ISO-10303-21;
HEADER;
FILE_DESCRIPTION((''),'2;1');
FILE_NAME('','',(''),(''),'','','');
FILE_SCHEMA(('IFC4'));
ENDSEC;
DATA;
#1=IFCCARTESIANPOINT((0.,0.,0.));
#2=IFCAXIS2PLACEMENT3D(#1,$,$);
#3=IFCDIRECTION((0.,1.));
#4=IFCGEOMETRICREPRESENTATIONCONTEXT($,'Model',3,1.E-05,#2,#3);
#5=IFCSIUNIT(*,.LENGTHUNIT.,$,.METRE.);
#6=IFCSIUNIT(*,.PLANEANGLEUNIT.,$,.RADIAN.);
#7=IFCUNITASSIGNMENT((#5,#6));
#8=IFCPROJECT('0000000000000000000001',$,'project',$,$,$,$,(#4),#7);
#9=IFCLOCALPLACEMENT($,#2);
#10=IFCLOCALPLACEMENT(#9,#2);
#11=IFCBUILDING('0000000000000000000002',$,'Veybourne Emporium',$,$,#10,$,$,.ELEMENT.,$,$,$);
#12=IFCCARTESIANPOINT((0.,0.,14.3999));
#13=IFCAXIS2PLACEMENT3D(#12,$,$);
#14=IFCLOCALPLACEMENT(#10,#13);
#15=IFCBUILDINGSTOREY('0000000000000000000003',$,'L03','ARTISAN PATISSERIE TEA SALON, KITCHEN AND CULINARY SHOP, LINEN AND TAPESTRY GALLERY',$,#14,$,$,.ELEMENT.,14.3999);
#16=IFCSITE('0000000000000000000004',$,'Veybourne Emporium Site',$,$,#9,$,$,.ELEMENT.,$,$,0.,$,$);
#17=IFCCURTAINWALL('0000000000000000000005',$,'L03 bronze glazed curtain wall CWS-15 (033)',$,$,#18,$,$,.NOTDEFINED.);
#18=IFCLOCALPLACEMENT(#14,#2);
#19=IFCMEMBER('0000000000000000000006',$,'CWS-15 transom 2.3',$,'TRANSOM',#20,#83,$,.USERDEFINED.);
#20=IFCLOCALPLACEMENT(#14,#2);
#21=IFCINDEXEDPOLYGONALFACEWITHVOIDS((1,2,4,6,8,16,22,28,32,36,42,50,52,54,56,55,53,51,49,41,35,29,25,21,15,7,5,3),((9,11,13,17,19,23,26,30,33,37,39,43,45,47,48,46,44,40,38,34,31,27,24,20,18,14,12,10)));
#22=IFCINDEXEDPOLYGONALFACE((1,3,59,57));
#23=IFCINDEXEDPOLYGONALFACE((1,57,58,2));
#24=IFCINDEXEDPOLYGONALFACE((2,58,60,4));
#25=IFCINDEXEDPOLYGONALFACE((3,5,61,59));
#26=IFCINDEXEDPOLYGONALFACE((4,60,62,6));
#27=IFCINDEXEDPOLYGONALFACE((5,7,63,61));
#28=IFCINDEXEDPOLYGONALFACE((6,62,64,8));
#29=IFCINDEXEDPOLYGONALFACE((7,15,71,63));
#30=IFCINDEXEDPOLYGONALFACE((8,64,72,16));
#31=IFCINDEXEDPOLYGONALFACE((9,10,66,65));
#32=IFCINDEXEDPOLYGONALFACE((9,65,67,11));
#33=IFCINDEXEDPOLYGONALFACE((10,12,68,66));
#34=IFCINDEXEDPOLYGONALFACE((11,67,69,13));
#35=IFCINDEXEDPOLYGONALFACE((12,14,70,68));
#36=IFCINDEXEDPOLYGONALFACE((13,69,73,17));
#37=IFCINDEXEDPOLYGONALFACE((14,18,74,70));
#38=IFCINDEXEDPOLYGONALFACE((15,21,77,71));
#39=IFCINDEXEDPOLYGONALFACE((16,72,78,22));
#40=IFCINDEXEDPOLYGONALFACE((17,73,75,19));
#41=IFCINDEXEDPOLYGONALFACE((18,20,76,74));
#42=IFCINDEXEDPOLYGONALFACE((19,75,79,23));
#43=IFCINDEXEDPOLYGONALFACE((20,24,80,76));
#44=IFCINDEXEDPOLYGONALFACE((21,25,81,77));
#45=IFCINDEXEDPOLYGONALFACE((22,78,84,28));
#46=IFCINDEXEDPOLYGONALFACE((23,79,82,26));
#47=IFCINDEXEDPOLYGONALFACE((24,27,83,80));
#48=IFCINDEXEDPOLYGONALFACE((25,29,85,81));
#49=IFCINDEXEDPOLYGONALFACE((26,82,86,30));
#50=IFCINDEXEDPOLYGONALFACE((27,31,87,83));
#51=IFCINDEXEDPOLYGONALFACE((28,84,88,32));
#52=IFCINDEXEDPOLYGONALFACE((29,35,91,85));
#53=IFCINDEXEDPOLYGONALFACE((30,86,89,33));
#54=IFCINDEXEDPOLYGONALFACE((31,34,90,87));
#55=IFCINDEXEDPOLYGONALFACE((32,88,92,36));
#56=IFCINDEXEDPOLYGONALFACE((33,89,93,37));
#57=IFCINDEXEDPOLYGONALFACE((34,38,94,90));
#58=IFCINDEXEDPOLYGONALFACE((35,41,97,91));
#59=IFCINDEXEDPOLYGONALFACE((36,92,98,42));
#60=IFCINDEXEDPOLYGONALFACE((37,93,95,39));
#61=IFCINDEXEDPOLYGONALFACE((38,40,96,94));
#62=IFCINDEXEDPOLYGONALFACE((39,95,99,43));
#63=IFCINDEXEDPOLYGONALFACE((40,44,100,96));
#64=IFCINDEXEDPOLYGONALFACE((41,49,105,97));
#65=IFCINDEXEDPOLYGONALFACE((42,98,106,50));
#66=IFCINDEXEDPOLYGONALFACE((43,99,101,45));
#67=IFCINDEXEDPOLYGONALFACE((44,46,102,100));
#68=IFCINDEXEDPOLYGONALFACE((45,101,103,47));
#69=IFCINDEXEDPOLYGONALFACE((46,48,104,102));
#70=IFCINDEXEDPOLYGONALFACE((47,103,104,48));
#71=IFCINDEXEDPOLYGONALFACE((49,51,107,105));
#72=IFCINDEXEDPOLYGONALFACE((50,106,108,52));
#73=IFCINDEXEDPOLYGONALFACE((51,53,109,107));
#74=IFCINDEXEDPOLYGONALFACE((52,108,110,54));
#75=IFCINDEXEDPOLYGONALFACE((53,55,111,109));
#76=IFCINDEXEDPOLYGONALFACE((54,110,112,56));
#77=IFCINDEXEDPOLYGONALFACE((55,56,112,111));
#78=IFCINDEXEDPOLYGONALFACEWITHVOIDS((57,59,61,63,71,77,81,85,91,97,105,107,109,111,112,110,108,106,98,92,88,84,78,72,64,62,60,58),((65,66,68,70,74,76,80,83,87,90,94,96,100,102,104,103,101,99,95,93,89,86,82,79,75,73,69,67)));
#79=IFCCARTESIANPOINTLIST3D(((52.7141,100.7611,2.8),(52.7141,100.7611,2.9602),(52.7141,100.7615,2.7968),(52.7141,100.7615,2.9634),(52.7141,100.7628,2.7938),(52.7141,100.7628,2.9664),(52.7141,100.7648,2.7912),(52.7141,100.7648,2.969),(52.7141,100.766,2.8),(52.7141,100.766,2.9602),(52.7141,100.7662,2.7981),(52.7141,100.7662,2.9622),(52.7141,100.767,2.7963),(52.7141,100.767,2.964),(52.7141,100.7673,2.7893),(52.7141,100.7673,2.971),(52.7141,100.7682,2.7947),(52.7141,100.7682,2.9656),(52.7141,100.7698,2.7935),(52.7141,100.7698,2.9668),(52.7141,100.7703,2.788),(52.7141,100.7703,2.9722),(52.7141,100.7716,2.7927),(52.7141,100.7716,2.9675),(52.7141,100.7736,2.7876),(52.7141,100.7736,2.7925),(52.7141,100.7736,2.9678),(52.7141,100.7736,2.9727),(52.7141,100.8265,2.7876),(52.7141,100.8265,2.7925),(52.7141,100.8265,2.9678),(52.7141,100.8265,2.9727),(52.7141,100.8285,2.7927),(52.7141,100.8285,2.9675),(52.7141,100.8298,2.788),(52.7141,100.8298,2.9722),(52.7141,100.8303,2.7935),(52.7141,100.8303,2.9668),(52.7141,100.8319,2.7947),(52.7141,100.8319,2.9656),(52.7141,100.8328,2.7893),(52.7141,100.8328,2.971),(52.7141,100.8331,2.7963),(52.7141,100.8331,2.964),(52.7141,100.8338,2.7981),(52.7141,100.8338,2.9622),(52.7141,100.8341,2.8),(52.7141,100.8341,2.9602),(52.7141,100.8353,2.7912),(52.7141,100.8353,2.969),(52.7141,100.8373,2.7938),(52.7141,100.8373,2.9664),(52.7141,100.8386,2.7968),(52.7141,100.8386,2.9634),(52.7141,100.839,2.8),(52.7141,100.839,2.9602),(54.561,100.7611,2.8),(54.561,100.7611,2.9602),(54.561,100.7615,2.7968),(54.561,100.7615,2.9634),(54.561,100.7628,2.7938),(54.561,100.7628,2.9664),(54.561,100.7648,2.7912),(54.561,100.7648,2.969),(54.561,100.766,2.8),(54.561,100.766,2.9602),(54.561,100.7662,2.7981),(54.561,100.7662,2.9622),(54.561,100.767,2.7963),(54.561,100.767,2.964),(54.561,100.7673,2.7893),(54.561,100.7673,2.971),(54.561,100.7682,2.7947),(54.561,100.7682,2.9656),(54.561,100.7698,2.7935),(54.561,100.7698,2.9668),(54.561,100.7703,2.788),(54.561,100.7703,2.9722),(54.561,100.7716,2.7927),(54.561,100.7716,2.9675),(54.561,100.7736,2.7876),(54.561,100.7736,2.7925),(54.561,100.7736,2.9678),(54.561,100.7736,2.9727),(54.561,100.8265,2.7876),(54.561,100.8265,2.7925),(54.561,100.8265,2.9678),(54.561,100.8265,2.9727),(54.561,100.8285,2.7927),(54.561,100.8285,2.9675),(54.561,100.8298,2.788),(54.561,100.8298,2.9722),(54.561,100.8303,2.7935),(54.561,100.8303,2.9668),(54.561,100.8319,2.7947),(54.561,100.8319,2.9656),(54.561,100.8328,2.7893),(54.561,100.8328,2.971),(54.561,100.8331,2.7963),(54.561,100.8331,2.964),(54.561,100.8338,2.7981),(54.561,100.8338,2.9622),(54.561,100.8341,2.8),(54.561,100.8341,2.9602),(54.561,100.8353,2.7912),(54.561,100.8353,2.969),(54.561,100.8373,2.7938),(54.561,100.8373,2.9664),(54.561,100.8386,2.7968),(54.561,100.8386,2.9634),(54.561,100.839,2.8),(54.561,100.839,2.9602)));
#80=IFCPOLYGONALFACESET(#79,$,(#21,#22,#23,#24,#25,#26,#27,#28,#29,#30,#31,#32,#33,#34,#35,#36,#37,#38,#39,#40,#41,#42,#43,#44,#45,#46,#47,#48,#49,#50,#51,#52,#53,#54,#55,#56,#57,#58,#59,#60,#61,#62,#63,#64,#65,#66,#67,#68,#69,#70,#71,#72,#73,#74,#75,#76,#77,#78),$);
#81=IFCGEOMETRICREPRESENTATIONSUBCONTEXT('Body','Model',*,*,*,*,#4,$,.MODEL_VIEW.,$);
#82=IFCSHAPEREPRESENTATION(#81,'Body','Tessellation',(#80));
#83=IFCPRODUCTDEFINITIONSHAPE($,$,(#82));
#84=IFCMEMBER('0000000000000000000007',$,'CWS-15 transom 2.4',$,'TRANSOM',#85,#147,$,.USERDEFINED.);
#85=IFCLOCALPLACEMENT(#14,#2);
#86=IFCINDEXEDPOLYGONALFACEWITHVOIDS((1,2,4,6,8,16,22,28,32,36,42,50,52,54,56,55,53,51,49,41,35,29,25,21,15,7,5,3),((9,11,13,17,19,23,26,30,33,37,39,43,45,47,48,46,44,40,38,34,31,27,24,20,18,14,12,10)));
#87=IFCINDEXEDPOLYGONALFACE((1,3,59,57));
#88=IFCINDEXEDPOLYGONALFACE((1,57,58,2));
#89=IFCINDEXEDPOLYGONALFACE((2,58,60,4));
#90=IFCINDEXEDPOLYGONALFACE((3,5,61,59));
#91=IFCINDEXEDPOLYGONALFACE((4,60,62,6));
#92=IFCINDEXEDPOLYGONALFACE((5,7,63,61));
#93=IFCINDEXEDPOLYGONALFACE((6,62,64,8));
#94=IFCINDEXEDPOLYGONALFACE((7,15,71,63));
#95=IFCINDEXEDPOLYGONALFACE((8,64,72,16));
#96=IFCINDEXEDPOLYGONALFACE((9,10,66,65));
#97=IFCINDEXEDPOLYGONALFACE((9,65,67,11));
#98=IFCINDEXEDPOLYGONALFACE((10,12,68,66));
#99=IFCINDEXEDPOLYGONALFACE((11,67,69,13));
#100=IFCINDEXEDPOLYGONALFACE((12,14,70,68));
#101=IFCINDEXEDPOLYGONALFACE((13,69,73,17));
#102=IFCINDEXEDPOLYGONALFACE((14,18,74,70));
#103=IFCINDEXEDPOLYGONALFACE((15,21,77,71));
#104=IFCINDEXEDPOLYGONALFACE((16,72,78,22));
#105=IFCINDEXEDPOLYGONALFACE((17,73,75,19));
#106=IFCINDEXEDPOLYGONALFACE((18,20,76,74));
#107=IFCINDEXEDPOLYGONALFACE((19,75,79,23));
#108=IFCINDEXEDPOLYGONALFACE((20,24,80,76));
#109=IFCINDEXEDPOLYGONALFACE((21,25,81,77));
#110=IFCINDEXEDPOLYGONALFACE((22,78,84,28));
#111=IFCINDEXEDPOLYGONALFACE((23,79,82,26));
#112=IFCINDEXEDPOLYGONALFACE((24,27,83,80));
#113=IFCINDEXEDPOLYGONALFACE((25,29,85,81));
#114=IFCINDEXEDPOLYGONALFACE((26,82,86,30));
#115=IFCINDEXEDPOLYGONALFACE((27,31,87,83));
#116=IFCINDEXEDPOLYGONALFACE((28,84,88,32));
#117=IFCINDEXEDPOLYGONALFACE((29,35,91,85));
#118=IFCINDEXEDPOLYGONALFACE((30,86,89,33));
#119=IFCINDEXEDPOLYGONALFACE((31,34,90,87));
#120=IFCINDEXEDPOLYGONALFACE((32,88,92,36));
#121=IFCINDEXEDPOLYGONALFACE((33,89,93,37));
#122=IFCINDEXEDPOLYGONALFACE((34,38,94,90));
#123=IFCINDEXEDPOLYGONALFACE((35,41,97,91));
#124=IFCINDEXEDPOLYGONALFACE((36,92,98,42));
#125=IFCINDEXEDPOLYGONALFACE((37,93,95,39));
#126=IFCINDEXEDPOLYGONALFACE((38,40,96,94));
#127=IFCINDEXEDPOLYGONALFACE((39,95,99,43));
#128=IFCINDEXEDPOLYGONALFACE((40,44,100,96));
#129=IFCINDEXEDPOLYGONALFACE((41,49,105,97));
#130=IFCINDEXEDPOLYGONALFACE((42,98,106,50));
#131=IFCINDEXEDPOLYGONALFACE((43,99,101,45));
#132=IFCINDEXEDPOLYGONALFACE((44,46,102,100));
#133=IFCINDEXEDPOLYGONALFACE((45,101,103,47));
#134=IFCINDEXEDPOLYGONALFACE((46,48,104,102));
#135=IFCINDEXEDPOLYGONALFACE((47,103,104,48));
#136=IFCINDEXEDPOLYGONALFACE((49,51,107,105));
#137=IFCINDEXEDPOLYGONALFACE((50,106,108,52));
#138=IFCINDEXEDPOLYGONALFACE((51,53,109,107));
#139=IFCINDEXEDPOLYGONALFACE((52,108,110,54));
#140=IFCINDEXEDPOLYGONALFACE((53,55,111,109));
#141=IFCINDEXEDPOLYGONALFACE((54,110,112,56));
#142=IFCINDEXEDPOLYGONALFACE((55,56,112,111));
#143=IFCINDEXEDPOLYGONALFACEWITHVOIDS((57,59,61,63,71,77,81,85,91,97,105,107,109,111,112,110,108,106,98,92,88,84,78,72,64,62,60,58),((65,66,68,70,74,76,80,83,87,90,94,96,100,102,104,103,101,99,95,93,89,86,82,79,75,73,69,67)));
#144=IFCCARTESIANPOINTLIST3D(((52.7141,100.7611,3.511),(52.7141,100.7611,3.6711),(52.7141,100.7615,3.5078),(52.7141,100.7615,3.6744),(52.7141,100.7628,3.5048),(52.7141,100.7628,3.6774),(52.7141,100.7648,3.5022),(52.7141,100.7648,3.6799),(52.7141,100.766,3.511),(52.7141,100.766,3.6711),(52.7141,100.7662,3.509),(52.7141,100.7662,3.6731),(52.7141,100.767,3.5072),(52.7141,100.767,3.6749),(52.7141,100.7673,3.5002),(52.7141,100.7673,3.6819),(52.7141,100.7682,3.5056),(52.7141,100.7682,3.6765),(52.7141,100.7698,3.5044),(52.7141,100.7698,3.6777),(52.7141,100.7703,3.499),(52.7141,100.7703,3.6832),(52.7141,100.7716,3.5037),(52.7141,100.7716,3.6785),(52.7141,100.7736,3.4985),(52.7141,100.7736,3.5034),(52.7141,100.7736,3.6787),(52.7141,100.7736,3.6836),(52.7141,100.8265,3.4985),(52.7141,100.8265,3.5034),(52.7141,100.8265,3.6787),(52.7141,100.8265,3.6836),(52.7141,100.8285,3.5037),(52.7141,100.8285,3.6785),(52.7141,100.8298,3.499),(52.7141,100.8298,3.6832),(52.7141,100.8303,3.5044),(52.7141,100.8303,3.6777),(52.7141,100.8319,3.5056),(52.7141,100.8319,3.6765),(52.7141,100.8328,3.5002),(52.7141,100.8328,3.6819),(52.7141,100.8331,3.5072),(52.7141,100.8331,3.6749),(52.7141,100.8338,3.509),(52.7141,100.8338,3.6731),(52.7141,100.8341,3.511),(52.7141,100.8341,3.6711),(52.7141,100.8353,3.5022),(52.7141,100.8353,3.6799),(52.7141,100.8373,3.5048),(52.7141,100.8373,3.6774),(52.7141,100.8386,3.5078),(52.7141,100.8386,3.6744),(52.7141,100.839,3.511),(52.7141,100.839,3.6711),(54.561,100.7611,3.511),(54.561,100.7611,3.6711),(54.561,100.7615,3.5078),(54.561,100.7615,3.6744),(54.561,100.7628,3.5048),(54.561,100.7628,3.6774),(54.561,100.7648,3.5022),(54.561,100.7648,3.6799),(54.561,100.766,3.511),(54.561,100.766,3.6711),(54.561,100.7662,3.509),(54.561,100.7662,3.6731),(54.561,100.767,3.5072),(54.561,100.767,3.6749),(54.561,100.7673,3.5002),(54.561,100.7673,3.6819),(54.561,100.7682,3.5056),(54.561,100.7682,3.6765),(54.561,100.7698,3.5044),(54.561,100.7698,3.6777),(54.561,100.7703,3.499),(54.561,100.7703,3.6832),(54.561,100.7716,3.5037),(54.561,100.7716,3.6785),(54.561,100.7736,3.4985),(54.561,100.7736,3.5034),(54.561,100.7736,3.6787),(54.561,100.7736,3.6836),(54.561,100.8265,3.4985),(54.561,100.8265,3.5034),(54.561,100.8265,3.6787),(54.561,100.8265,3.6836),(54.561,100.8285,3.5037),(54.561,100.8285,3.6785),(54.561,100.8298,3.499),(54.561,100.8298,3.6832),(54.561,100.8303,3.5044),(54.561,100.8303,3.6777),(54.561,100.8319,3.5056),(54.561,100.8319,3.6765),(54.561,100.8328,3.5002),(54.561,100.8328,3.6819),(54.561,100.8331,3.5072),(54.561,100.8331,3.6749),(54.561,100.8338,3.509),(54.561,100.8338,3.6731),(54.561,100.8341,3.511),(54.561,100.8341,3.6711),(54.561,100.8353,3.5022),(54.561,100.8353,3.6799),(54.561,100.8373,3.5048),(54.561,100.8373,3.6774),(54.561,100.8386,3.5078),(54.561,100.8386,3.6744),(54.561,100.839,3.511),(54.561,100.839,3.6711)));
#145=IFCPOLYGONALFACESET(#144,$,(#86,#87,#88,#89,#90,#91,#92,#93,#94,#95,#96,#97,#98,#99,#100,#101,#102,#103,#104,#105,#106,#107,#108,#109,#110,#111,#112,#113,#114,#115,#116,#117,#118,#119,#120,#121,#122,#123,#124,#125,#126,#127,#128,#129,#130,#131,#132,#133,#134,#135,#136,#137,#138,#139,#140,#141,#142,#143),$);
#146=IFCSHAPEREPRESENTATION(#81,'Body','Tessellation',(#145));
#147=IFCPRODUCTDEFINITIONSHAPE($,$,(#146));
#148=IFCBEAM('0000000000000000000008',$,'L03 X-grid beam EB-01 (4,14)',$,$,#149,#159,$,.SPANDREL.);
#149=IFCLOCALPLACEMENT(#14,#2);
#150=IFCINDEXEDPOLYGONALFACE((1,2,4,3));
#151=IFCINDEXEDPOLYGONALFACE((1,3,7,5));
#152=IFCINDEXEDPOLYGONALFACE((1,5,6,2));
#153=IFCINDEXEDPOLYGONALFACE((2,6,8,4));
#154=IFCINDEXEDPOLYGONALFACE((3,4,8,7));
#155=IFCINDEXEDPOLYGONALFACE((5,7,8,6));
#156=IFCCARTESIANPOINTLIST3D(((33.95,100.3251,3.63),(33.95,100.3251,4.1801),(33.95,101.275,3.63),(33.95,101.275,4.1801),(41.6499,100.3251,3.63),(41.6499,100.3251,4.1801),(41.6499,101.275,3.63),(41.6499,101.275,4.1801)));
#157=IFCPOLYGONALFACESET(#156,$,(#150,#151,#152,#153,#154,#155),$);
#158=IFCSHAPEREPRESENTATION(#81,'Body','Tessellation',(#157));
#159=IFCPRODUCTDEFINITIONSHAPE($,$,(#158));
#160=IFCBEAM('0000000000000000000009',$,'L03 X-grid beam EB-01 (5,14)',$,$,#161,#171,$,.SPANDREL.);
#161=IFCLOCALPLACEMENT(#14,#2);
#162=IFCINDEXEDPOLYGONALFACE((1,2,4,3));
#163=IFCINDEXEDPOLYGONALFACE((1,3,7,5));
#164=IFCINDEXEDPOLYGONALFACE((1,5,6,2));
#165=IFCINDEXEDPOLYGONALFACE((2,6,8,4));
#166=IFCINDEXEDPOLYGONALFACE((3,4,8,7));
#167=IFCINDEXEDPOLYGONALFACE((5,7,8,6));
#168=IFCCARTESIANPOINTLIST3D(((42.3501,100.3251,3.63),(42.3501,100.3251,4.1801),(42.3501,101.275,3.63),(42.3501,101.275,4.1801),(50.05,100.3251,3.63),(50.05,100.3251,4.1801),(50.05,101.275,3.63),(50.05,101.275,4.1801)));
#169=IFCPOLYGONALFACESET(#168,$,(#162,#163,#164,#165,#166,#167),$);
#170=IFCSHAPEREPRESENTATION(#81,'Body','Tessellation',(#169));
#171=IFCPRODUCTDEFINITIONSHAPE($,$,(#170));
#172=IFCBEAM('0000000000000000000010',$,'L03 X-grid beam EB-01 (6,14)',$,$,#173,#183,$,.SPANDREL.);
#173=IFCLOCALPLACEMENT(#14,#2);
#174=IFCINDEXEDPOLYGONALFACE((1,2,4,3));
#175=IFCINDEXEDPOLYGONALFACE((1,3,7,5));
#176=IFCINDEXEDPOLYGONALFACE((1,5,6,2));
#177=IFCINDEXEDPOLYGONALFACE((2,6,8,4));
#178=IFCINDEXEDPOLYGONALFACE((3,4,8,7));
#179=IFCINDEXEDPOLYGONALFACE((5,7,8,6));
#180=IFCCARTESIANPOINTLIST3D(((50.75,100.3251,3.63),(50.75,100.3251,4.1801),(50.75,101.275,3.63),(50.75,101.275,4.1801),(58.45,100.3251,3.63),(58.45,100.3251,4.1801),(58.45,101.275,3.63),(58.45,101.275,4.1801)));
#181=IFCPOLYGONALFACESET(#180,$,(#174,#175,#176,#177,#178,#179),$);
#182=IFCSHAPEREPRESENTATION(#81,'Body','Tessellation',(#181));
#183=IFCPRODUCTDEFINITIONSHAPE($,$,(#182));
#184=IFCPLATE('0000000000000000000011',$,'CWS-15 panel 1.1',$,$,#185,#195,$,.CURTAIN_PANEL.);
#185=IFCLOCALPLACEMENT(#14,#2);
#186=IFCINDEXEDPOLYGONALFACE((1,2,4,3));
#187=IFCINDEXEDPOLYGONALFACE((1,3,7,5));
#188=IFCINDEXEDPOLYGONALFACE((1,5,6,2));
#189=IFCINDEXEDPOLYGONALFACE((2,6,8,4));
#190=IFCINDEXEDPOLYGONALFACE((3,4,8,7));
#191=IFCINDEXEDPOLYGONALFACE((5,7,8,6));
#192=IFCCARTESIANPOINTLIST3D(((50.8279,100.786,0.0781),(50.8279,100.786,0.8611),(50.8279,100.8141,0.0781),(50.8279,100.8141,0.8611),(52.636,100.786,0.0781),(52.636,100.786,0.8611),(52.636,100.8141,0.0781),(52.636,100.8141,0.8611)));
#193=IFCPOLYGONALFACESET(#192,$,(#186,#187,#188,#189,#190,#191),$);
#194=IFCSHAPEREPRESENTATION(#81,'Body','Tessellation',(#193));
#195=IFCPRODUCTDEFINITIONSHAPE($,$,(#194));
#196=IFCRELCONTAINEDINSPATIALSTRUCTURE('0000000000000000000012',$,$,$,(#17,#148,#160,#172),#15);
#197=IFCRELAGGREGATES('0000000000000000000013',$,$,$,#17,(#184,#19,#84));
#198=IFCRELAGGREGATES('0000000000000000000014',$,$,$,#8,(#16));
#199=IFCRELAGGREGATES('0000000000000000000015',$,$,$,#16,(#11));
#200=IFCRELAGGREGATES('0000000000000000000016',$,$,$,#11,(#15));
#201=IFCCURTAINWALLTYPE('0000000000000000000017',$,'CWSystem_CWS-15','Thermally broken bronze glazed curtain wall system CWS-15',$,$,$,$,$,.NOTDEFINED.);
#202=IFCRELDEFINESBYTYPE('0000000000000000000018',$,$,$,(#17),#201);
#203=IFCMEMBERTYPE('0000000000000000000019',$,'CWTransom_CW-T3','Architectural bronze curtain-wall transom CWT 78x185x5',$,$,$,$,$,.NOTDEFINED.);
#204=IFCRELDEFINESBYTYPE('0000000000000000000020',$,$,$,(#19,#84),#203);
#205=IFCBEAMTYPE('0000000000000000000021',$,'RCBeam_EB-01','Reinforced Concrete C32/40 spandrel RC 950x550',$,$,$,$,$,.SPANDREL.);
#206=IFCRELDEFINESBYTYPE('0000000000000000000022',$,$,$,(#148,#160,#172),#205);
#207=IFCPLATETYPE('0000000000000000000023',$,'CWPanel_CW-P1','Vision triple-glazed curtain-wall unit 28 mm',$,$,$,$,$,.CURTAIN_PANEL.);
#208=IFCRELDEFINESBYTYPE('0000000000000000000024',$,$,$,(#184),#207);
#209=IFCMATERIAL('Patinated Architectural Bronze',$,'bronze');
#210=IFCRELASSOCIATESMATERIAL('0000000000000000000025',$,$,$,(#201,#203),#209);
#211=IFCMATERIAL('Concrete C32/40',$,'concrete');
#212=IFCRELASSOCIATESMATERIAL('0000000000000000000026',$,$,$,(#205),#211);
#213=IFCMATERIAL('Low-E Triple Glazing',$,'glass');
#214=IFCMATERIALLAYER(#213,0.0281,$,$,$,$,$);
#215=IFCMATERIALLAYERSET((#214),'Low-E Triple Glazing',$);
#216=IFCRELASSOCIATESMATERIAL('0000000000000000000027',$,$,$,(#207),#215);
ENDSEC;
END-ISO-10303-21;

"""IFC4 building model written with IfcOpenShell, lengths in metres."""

from ifc_helpers import new_model, si_unit, direction, frame, origin, origin_2d, place, context, subcontext, project, spatial, rectangle, hollow_rectangle, extrude, material, layer, layer_set, material_profile, profile_set, type_object, element, aggregate, save


model = new_model("IFC4")

# Units and contexts
model_context = context("Model", 3, precision=1e-05, world=origin(), true_north=direction((0.0, 1.0)))
body_context = subcontext(model_context, "Body", "Model", "MODEL_VIEW")
ifc_project = project(units=[si_unit("LENGTHUNIT", "METRE"), si_unit("PLANEANGLEUNIT", "RADIAN")], contexts=[model_context])

# Site, building, storey
site_placement = place(None, origin())
site = spatial("IfcSite", under=ifc_project, at=site_placement, Name="Veybourne Emporium Site", CompositionType="ELEMENT", RefElevation=0.0)
building_placement = place(site_placement, origin())
building = spatial("IfcBuilding", under=site, at=building_placement, Name="Veybourne Emporium", CompositionType="ELEMENT")
storey_placement = place(building_placement, frame((0.0, 0.0, 14.3999)))
storey = spatial("IfcBuildingStorey", under=building, at=storey_placement, Name="L03", Description="ARTISAN PATISSERIE TEA SALON, KITCHEN AND CULINARY SHOP, LINEN AND TAPESTRY GALLERY", CompositionType="ELEMENT", Elevation=14.3999)

# Curtain wall, members
ifc_material_1 = material(Name="Patinated Architectural Bronze", Category="bronze")
curtain_wall_type = type_object("IfcCurtainWallType", Name="CWSystem_CWS-15", Description="Thermally broken bronze glazed curtain wall system CWS-15", PredefinedType="NOTDEFINED", material=ifc_material_1)
curtain_wall_placement = place(storey_placement, origin())
curtain_wall = element("IfcCurtainWall", 1, at=curtain_wall_placement, inside=storey, type_object=curtain_wall_type, Name="L03 bronze glazed curtain wall CWS-15 (033)", PredefinedType="NOTDEFINED")
ifc_material_profile_1 = material_profile(ifc_material_1, hollow_rectangle(XDim=0.0779, YDim=0.1851, WallThickness=0.0049, InnerFilletRadius=0.0076, OuterFilletRadius=0.0125, at=origin_2d()), Name="CWT 78x185x5")
ifc_profile_set_1 = profile_set([ifc_material_profile_1], Name="Patinated Architectural Bronze")
member_type_1 = type_object("IfcMemberType", Name="CWTransom_CW-T3", Description="Architectural bronze curtain-wall transom CWT 78x185x5", PredefinedType="NOTDEFINED", material=ifc_profile_set_1)
member_1_placement = place(storey_placement, frame((52.7141, 100.8, 2.8801), z_axis=(1.0, 0.0, 0.0), x_axis=(0.0, 1.0, 0.0)))
member_1 = element("IfcMember", 2, at=member_1_placement, type_object=member_type_1, Name="CWS-15 transom 2.3", ObjectType="TRANSOM", PredefinedType="USERDEFINED", context=body_context, shape_type="SweptSolid", body=[
    extrude(hollow_rectangle(XDim=0.0779, YDim=0.1851, WallThickness=0.0049, InnerFilletRadius=0.0076, OuterFilletRadius=0.0125, at=origin_2d()), origin(), (0.0, 0.0, 1.0), 1.8469),
])
member_2_placement = place(storey_placement, frame((52.7141, 100.8, 3.5911), z_axis=(1.0, 0.0, 0.0), x_axis=(0.0, 1.0, 0.0)))
member_2 = element("IfcMember", 3, at=member_2_placement, type_object=member_type_1, Name="CWS-15 transom 2.4", ObjectType="TRANSOM", PredefinedType="USERDEFINED", context=body_context, shape_type="SweptSolid", body=[
    extrude(hollow_rectangle(XDim=0.0779, YDim=0.1851, WallThickness=0.0049, InnerFilletRadius=0.0076, OuterFilletRadius=0.0125, at=origin_2d()), origin(), (0.0, 0.0, 1.0), 1.8469),
])

# Beams
ifc_material_2 = material(Name="Concrete C32/40", Category="concrete")
ifc_material_profile_2 = material_profile(ifc_material_2, rectangle(XDim=0.95, YDim=0.55, at=origin_2d()), Name="RC 950x550")
ifc_profile_set_2 = profile_set([ifc_material_profile_2], Name="Concrete C32/40")
beam_type = type_object("IfcBeamType", Name="RCBeam_EB-01", Description="Reinforced Concrete C32/40 spandrel RC 950x550", PredefinedType="SPANDREL", material=ifc_profile_set_2)
for number, where, z_axis, x_axis, name in (
    (4, (33.95, 100.8, 3.905), (1.0, 0.0, 0.0), (0.0, 1.0, 0.0), "L03 X-grid beam EB-01 (4,14)"),
    (5, (42.3501, 100.8, 3.905), (1.0, 0.0, 0.0), (0.0, 1.0, 0.0), "L03 X-grid beam EB-01 (5,14)"),
    (6, (50.75, 100.8, 3.905), (1.0, 0.0, 0.0), (0.0, 1.0, 0.0), "L03 X-grid beam EB-01 (6,14)"),
):
    element("IfcBeam", number, at=place(storey_placement, frame(where, z_axis=z_axis, x_axis=x_axis)), inside=storey, type_object=beam_type, Name=name, PredefinedType="SPANDREL", context=body_context, shape_type="SweptSolid", body=[
        extrude(rectangle(XDim=0.95, YDim=0.55, at=origin_2d()), origin(), (0.0, 0.0, 1.0), 7.7),
    ])

# Plate
ifc_material_3 = material(Name="Low-E Triple Glazing", Category="glass")
ifc_layer_1 = layer(ifc_material_3, 0.0281)
ifc_layer_set_1 = layer_set([ifc_layer_1], Name="Low-E Triple Glazing")
plate_type = type_object("IfcPlateType", Name="CWPanel_CW-P1", Description="Vision triple-glazed curtain-wall unit 28 mm", PredefinedType="CURTAIN_PANEL", material=ifc_layer_set_1)
plate_1_placement = place(storey_placement, frame((51.7319, 100.8, 0.0781), z_axis=(0.0, 0.0, 1.0), x_axis=(1.0, 0.0, 0.0)))
plate_1 = element("IfcPlate", 7, at=plate_1_placement, type_object=plate_type, Name="CWS-15 panel 1.1", PredefinedType="CURTAIN_PANEL", context=body_context, shape_type="SweptSolid", body=[
    extrude(rectangle(XDim=1.8081, YDim=0.0281, at=origin_2d()), origin(), (0.0, 0.0, 1.0), 0.783),
])
aggregate(curtain_wall, [plate_1, member_1, member_2])

save(model, "model.ifc")
